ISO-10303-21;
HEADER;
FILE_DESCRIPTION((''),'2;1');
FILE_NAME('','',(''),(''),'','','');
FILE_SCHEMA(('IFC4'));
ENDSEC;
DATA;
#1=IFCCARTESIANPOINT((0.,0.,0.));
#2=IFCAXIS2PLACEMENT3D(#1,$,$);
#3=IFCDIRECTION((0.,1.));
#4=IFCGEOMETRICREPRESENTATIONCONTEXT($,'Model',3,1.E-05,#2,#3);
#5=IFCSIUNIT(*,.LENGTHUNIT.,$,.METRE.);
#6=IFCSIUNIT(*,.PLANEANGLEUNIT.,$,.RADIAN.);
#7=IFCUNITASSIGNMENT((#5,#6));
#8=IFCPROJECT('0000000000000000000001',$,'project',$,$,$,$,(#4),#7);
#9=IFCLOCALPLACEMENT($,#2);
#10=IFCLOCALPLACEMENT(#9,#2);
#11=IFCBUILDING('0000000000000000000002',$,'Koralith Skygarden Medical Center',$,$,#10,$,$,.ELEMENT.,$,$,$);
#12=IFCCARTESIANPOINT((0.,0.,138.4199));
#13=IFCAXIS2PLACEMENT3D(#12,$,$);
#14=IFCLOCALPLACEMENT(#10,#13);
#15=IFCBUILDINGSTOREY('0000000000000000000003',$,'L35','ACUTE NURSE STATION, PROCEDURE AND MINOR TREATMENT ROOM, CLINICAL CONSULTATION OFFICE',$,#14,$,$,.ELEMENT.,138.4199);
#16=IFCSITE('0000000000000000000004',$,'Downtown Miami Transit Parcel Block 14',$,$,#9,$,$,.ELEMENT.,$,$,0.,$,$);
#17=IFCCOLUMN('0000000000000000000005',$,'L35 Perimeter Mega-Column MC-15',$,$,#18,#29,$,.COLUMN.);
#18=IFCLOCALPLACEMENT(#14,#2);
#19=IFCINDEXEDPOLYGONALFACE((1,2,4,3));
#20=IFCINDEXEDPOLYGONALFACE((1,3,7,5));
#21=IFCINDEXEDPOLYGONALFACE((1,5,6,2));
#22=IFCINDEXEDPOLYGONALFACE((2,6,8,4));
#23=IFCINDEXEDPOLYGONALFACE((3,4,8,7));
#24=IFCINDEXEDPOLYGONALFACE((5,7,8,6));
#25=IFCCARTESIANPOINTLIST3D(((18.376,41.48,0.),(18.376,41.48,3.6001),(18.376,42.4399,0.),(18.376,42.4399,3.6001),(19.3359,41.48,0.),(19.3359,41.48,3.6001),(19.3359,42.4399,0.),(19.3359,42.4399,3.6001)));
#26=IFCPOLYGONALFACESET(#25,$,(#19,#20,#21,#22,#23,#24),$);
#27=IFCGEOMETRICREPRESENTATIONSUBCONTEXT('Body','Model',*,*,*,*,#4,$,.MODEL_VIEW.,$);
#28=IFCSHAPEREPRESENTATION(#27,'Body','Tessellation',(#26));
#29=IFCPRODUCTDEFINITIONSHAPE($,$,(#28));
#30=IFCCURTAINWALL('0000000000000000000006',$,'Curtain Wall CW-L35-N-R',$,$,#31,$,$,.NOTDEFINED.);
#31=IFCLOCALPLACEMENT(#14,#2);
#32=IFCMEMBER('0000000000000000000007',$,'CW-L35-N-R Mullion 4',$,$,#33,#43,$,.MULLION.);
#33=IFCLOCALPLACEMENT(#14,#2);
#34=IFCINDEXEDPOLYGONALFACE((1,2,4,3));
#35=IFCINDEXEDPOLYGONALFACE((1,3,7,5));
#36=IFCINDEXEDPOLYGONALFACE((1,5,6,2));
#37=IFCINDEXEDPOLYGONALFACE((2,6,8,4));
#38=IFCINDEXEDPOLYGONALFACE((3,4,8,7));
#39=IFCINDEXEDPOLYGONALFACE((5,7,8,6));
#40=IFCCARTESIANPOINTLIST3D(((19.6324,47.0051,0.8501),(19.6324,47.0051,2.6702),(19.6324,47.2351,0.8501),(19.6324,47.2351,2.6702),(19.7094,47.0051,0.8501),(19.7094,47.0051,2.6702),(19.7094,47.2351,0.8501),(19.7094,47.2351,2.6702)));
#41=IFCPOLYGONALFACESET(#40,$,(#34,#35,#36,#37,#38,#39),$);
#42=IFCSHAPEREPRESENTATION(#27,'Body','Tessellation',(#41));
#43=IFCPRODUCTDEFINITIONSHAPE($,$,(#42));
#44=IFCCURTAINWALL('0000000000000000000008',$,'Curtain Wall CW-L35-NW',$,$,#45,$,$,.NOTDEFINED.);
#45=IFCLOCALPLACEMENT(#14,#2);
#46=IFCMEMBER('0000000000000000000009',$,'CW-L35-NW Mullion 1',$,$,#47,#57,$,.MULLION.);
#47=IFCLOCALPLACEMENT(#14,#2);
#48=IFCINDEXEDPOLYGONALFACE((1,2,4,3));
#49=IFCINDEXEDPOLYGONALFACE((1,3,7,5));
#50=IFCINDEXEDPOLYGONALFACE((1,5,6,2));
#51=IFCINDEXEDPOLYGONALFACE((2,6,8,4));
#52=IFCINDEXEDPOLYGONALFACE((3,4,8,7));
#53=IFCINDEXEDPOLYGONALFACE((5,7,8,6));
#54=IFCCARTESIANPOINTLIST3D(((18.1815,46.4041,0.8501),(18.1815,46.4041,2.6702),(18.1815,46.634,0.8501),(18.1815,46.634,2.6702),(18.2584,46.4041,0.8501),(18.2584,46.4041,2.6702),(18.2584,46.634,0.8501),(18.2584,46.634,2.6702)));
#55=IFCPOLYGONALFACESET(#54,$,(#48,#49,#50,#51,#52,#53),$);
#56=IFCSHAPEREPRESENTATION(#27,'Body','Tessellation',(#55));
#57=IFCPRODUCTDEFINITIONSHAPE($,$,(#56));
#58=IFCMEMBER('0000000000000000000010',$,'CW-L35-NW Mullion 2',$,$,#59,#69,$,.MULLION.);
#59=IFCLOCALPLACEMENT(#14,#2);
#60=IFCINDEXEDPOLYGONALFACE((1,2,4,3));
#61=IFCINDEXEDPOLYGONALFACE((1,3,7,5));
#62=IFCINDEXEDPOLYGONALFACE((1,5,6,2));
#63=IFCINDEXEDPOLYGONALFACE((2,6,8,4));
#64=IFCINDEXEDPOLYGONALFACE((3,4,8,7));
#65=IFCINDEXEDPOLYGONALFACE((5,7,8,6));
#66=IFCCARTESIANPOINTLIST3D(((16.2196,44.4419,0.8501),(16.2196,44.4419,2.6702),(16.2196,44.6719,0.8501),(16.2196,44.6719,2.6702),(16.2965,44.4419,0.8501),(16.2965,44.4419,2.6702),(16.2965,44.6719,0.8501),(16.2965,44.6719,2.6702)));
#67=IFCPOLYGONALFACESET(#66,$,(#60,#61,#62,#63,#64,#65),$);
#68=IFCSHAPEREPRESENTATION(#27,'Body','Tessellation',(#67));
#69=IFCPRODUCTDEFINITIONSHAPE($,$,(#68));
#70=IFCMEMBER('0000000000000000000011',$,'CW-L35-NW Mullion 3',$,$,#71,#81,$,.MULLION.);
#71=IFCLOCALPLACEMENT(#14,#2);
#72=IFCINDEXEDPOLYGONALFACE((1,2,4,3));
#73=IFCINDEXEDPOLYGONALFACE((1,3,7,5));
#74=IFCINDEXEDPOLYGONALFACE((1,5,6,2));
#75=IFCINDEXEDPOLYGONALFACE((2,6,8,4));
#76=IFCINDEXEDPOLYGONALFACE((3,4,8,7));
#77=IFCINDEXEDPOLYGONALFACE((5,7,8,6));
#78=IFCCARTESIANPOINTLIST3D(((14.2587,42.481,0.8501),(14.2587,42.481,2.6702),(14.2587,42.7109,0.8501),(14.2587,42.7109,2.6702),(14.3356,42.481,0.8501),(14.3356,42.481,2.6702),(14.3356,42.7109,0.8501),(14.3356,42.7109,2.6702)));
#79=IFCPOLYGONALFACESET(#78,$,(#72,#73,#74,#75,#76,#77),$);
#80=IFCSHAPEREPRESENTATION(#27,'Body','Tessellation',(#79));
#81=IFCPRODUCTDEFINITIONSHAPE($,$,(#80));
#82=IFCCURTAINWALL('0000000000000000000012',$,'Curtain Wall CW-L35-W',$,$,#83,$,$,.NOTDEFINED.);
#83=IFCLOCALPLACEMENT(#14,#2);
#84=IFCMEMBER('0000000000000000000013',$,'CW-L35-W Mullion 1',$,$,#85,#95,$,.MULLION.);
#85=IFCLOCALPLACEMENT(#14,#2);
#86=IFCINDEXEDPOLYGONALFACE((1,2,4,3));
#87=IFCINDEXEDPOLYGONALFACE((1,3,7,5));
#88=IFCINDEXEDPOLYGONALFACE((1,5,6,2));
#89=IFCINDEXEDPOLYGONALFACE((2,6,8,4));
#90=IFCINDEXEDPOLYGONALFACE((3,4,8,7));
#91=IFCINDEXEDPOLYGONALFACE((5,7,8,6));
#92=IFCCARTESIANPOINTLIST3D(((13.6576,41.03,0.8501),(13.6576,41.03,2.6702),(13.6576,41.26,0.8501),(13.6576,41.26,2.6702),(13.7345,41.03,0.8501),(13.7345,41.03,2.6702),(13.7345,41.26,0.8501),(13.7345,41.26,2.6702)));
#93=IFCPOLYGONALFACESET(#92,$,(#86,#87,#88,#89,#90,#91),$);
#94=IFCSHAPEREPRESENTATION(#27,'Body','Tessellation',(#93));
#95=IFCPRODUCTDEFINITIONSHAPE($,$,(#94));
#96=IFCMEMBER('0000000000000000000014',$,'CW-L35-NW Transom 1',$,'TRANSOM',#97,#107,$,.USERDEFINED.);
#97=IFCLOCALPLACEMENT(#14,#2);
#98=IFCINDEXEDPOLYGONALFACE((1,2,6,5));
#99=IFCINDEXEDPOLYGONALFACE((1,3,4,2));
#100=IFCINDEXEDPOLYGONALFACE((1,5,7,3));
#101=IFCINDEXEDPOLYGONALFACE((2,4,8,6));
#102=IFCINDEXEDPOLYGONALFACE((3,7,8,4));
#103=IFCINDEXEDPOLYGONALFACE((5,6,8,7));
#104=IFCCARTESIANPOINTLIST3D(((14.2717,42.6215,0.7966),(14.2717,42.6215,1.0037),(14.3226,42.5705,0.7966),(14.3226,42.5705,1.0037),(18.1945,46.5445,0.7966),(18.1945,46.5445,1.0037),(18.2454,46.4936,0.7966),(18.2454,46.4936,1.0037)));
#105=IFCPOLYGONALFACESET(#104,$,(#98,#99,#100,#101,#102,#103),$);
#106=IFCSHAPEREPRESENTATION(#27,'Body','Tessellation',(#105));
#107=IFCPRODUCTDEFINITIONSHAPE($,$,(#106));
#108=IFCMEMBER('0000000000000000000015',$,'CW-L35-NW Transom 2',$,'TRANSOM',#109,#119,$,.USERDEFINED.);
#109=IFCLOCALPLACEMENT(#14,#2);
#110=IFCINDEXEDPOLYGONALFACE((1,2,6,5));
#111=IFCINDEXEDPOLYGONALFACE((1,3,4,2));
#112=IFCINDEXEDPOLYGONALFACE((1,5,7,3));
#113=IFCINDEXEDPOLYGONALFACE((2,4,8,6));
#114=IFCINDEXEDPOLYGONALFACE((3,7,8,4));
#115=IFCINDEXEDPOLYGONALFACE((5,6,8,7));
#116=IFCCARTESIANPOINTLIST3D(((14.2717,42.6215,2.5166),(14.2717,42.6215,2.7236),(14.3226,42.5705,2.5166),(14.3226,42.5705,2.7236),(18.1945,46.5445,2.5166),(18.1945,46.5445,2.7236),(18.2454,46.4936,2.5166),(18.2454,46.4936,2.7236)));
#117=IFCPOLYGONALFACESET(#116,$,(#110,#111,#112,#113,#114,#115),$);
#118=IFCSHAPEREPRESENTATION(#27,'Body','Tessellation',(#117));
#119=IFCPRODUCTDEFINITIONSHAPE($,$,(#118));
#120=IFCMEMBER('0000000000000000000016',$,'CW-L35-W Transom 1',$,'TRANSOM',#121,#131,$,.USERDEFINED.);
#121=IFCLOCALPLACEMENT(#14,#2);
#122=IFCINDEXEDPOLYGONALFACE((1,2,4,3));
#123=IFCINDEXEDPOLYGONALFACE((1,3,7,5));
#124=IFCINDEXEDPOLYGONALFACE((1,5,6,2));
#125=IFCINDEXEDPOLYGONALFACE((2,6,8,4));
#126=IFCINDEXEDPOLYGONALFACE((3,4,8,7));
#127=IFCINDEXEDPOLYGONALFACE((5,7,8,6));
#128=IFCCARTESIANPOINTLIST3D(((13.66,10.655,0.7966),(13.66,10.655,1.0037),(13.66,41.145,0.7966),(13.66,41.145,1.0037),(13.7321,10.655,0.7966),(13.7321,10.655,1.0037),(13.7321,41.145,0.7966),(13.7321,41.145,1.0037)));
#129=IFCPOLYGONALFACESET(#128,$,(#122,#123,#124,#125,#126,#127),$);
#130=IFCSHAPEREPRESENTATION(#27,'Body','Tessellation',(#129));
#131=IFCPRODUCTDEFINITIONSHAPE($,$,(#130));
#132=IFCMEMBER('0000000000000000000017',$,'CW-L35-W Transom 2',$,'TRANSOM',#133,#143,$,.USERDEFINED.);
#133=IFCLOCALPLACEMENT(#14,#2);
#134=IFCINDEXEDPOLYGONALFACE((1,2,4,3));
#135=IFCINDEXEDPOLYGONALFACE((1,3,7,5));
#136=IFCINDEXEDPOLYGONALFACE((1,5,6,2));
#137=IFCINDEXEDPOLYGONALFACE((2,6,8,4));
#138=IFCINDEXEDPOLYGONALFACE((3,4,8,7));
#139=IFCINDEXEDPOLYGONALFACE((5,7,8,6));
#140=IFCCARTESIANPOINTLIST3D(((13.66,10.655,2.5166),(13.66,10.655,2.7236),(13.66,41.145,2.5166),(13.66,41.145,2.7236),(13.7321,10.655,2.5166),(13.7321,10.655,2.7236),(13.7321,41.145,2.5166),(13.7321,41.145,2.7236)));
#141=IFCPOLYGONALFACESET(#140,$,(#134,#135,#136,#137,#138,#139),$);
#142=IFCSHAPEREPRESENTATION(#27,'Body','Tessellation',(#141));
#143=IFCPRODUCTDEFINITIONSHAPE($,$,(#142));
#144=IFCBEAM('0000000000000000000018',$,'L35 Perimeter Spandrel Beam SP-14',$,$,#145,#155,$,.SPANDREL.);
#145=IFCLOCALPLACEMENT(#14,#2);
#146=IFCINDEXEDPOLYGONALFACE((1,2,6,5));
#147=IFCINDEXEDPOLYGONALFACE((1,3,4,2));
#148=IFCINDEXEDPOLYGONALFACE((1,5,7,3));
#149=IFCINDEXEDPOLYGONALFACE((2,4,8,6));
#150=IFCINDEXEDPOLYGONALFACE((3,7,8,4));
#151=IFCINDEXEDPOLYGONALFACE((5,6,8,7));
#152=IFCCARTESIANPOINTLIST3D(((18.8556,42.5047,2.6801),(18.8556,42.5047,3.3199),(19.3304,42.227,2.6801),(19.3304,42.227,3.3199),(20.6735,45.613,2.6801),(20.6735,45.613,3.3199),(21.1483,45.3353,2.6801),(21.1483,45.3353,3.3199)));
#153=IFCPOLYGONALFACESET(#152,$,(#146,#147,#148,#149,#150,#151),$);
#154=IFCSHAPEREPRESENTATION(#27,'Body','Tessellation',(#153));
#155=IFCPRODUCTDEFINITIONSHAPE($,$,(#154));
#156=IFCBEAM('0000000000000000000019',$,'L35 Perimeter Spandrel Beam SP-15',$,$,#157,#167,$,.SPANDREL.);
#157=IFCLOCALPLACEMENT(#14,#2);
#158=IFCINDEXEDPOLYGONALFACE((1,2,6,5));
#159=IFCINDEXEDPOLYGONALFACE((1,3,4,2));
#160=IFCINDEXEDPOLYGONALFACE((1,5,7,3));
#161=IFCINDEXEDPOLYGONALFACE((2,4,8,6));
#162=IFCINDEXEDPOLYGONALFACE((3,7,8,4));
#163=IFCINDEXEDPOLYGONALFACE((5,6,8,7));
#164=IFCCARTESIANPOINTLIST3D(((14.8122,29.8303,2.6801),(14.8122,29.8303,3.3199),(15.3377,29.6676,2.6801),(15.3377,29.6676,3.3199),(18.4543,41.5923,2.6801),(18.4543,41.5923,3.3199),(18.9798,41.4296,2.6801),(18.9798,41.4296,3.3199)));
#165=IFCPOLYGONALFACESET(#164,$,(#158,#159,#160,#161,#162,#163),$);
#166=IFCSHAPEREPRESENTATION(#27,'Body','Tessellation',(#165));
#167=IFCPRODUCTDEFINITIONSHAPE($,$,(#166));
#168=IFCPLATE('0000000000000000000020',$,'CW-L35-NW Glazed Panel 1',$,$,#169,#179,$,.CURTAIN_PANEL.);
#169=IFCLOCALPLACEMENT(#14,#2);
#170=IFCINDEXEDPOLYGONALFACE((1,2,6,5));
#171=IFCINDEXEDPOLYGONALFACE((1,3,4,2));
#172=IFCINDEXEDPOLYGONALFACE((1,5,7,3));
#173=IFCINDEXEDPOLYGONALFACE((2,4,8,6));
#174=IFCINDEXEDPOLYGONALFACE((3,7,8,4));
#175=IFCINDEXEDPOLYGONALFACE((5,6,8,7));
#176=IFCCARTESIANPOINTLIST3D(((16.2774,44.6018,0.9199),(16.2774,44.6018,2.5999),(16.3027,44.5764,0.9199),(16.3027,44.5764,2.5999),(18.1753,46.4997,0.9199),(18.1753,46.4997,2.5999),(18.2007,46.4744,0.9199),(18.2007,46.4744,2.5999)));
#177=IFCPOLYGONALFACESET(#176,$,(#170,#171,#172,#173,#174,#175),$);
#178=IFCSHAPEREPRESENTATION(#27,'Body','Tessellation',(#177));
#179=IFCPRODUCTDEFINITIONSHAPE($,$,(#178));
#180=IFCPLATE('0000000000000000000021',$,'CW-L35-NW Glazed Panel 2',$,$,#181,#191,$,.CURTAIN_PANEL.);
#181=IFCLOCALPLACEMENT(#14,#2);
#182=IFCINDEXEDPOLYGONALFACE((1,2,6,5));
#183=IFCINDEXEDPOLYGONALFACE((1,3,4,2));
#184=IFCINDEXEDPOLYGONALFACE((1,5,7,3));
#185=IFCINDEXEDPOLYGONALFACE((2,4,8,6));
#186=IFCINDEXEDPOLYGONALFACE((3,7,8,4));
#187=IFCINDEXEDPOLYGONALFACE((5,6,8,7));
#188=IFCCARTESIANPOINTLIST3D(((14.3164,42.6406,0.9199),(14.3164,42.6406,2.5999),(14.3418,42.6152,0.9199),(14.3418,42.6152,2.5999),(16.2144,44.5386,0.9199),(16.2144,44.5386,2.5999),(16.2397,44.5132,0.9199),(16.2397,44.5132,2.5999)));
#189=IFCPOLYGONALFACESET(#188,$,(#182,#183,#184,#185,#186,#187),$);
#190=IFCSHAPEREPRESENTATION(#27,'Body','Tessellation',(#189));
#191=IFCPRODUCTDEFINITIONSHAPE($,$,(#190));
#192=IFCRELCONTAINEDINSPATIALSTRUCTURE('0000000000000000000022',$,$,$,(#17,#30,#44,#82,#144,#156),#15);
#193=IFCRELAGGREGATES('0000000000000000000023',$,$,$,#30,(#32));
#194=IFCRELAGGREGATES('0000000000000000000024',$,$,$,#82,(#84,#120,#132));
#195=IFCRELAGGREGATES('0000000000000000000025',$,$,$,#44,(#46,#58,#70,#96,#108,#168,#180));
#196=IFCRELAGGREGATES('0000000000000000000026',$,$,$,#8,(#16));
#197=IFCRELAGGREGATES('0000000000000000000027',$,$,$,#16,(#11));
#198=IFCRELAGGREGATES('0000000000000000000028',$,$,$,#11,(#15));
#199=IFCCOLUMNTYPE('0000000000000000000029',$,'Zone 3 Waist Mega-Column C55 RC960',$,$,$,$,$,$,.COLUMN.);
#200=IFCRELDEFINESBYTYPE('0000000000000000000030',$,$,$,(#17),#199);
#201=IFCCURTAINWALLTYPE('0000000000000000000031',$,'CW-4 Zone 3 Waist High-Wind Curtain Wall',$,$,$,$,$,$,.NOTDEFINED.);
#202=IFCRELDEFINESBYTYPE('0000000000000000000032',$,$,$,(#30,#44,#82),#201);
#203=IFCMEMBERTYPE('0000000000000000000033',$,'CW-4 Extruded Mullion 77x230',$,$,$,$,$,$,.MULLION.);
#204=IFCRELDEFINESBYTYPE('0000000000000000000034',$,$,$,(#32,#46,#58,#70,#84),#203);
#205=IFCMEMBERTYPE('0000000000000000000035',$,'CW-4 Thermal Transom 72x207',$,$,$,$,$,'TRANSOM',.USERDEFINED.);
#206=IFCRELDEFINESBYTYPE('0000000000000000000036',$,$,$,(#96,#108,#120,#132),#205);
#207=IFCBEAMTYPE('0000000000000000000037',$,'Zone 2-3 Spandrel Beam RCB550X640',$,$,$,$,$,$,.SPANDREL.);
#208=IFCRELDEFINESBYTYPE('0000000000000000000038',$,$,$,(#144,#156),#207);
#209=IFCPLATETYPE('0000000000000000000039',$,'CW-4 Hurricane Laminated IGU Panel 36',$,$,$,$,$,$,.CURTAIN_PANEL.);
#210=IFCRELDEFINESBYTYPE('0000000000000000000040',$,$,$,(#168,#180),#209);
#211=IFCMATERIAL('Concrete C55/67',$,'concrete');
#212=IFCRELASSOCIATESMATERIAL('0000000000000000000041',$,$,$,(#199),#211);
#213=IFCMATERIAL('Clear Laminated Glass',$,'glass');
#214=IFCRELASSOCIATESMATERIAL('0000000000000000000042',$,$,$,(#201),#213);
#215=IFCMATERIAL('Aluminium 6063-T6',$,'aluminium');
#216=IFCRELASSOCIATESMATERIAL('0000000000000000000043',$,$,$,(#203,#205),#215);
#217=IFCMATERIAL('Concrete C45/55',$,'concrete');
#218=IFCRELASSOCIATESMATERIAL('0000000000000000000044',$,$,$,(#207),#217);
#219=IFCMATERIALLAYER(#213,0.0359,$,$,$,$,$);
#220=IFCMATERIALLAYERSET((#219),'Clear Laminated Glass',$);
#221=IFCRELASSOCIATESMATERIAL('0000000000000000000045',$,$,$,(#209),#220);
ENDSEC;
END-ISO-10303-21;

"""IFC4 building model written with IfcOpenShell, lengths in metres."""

from ifc_helpers import new_model, si_unit, direction, frame, origin, origin_2d, place, context, subcontext, project, spatial, rectangle, extrude, material, layer, layer_set, material_profile, profile_set, type_object, element, aggregate, save


model = new_model("IFC4")

# Units and contexts
model_context = context("Model", 3, precision=1e-05, world=origin(), true_north=direction((0.0, 1.0)))
body_context = subcontext(model_context, "Body", "Model", "MODEL_VIEW")
ifc_project = project(units=[si_unit("LENGTHUNIT", "METRE"), si_unit("PLANEANGLEUNIT", "RADIAN")], contexts=[model_context])

# Site, building, storey
site_placement = place(None, origin())
site = spatial("IfcSite", under=ifc_project, at=site_placement, Name="Downtown Miami Transit Parcel Block 14", CompositionType="ELEMENT", RefElevation=0.0)
building_placement = place(site_placement, origin())
building = spatial("IfcBuilding", under=site, at=building_placement, Name="Koralith Skygarden Medical Center", CompositionType="ELEMENT")
storey_placement = place(building_placement, frame((0.0, 0.0, 138.4199)))
storey = spatial("IfcBuildingStorey", under=building, at=storey_placement, Name="L35", Description="ACUTE NURSE STATION, PROCEDURE AND MINOR TREATMENT ROOM, CLINICAL CONSULTATION OFFICE", CompositionType="ELEMENT", Elevation=138.4199)

# Column
ifc_material_1 = material(Name="Concrete C55/67", Category="concrete")
ifc_material_profile_1 = material_profile(ifc_material_1, rectangle(XDim=0.96, YDim=0.96, at=origin_2d()), Name="RC960X960")
ifc_profile_set_1 = profile_set([ifc_material_profile_1], Name="Concrete C55/67")
column_type = type_object("IfcColumnType", Name="Zone 3 Waist Mega-Column C55 RC960", PredefinedType="COLUMN", material=ifc_profile_set_1)
column_placement = place(storey_placement, frame((18.856, 41.96, 0.0), z_axis=(0.0, 0.0, 1.0), x_axis=(1.0, 0.0, 0.0)))
element("IfcColumn", 1, at=column_placement, inside=storey, type_object=column_type, Name="L35 Perimeter Mega-Column MC-15", PredefinedType="COLUMN", context=body_context, shape_type="SweptSolid", body=[
    extrude(rectangle(XDim=0.96, YDim=0.96, at=origin_2d()), origin(), (0.0, 0.0, 1.0), 3.6001),
])

# Curtain wall, member
ifc_material_2 = material(Name="Clear Laminated Glass", Category="glass")
curtain_wall_type = type_object("IfcCurtainWallType", Name="CW-4 Zone 3 Waist High-Wind Curtain Wall", PredefinedType="NOTDEFINED", material=ifc_material_2)
curtain_wall_1_placement = place(storey_placement, origin())
curtain_wall_1 = element("IfcCurtainWall", 2, at=curtain_wall_1_placement, inside=storey, type_object=curtain_wall_type, Name="Curtain Wall CW-L35-N-R", PredefinedType="NOTDEFINED")
ifc_material_3 = material(Name="Aluminium 6063-T6", Category="aluminium")
ifc_material_profile_2 = material_profile(ifc_material_3, rectangle(XDim=0.0769, YDim=0.23, at=origin_2d()), Name="MUL77X230")
ifc_profile_set_2 = profile_set([ifc_material_profile_2], Name="Aluminium 6063-T6")
member_type_1 = type_object("IfcMemberType", Name="CW-4 Extruded Mullion 77x230", PredefinedType="MULLION", material=ifc_profile_set_2)
member_1_placement = place(storey_placement, frame((19.6709, 47.1201, 0.8501), z_axis=(0.0, 0.0, 1.0), x_axis=(1.0, 0.0, 0.0)))
member_1 = element("IfcMember", 3, at=member_1_placement, type_object=member_type_1, Name="CW-L35-N-R Mullion 4", PredefinedType="MULLION", context=body_context, shape_type="SweptSolid", body=[
    extrude(rectangle(XDim=0.0769, YDim=0.23, at=origin_2d()), origin(), (0.0, 0.0, 1.0), 1.8201),
])
aggregate(curtain_wall_1, [member_1])

# Curtain wall, members
curtain_wall_2_placement = place(storey_placement, origin())
curtain_wall_2 = element("IfcCurtainWall", 4, at=curtain_wall_2_placement, inside=storey, type_object=curtain_wall_type, Name="Curtain Wall CW-L35-NW", PredefinedType="NOTDEFINED")
member_2_placement = place(storey_placement, frame((18.22, 46.519, 0.8501), z_axis=(0.0, 0.0, 1.0), x_axis=(1.0, 0.0, 0.0)))
member_2 = element("IfcMember", 5, at=member_2_placement, type_object=member_type_1, Name="CW-L35-NW Mullion 1", PredefinedType="MULLION", context=body_context, shape_type="SweptSolid", body=[
    extrude(rectangle(XDim=0.0769, YDim=0.23, at=origin_2d()), origin(), (0.0, 0.0, 1.0), 1.8201),
])
member_3_placement = place(storey_placement, frame((16.2581, 44.5569, 0.8501), z_axis=(0.0, 0.0, 1.0), x_axis=(1.0, 0.0, 0.0)))
member_3 = element("IfcMember", 6, at=member_3_placement, type_object=member_type_1, Name="CW-L35-NW Mullion 2", PredefinedType="MULLION", context=body_context, shape_type="SweptSolid", body=[
    extrude(rectangle(XDim=0.0769, YDim=0.23, at=origin_2d()), origin(), (0.0, 0.0, 1.0), 1.8201),
])
member_4_placement = place(storey_placement, frame((14.2971, 42.5959, 0.8501), z_axis=(0.0, 0.0, 1.0), x_axis=(1.0, 0.0, 0.0)))
member_4 = element("IfcMember", 7, at=member_4_placement, type_object=member_type_1, Name="CW-L35-NW Mullion 3", PredefinedType="MULLION", context=body_context, shape_type="SweptSolid", body=[
    extrude(rectangle(XDim=0.0769, YDim=0.23, at=origin_2d()), origin(), (0.0, 0.0, 1.0), 1.8201),
])

# Curtain wall, member
curtain_wall_3_placement = place(storey_placement, origin())
curtain_wall_3 = element("IfcCurtainWall", 8, at=curtain_wall_3_placement, inside=storey, type_object=curtain_wall_type, Name="Curtain Wall CW-L35-W", PredefinedType="NOTDEFINED")
member_5_placement = place(storey_placement, frame((13.696, 41.145, 0.8501), z_axis=(0.0, 0.0, 1.0), x_axis=(1.0, 0.0, 0.0)))
member_5 = element("IfcMember", 9, at=member_5_placement, type_object=member_type_1, Name="CW-L35-W Mullion 1", PredefinedType="MULLION", context=body_context, shape_type="SweptSolid", body=[
    extrude(rectangle(XDim=0.0769, YDim=0.23, at=origin_2d()), origin(), (0.0, 0.0, 1.0), 1.8201),
])

# Members
ifc_material_profile_3 = material_profile(ifc_material_3, rectangle(XDim=0.072, YDim=0.207, at=origin_2d()), Name="TRN72X207")
ifc_profile_set_3 = profile_set([ifc_material_profile_3], Name="Aluminium 6063-T6")
member_type_2 = type_object("IfcMemberType", Name="CW-4 Thermal Transom 72x207", ElementType="TRANSOM", PredefinedType="USERDEFINED", material=ifc_profile_set_3)
member_6_placement = place(storey_placement, frame((18.22, 46.519, 0.9001), z_axis=(-0.707085, -0.707129, 0.0), x_axis=(0.707129, -0.707085, 0.0)))
member_6 = element("IfcMember", 10, at=member_6_placement, type_object=member_type_2, Name="CW-L35-NW Transom 1", ObjectType="TRANSOM", PredefinedType="USERDEFINED", context=body_context, shape_type="SweptSolid", body=[
    extrude(rectangle(XDim=0.072, YDim=0.207, at=origin_2d()), origin(), (0.0, 0.0, 1.0), 5.5479),
])
member_7_placement = place(storey_placement, frame((18.22, 46.519, 2.6201), z_axis=(-0.707085, -0.707129, 0.0), x_axis=(0.707129, -0.707085, 0.0)))
member_7 = element("IfcMember", 11, at=member_7_placement, type_object=member_type_2, Name="CW-L35-NW Transom 2", ObjectType="TRANSOM", PredefinedType="USERDEFINED", context=body_context, shape_type="SweptSolid", body=[
    extrude(rectangle(XDim=0.072, YDim=0.207, at=origin_2d()), origin(), (0.0, 0.0, 1.0), 5.5479),
])
member_8_placement = place(storey_placement, frame((13.696, 41.145, 0.9001), z_axis=(0.0, -1.0, 0.0), x_axis=(1.0, 0.0, 0.0)))
member_8 = element("IfcMember", 12, at=member_8_placement, type_object=member_type_2, Name="CW-L35-W Transom 1", ObjectType="TRANSOM", PredefinedType="USERDEFINED", context=body_context, shape_type="SweptSolid", body=[
    extrude(rectangle(XDim=0.072, YDim=0.207, at=origin_2d()), origin(), (0.0, 0.0, 1.0), 30.49),
])
member_9_placement = place(storey_placement, frame((13.696, 41.145, 2.6201), z_axis=(0.0, -1.0, 0.0), x_axis=(1.0, 0.0, 0.0)))
member_9 = element("IfcMember", 13, at=member_9_placement, type_object=member_type_2, Name="CW-L35-W Transom 2", ObjectType="TRANSOM", PredefinedType="USERDEFINED", context=body_context, shape_type="SweptSolid", body=[
    extrude(rectangle(XDim=0.072, YDim=0.207, at=origin_2d()), origin(), (0.0, 0.0, 1.0), 30.49),
])
aggregate(curtain_wall_3, [member_5, member_8, member_9])

# Beams
ifc_material_4 = material(Name="Concrete C45/55", Category="concrete")
ifc_material_profile_4 = material_profile(ifc_material_4, rectangle(XDim=0.55, YDim=0.6399, at=origin_2d()), Name="RCB550X640")
ifc_profile_set_4 = profile_set([ifc_material_profile_4], Name="Concrete C45/55")
beam_type = type_object("IfcBeamType", Name="Zone 2-3 Spandrel Beam RCB550X640", PredefinedType="SPANDREL", material=ifc_profile_set_4)
beam_1_placement = place(storey_placement, frame((20.9109, 45.4741, 3.0), z_axis=(-0.504861, -0.8632, 0.0), x_axis=(0.8632, -0.504861, 0.0)))
element("IfcBeam", 14, at=beam_1_placement, inside=storey, type_object=beam_type, Name="L35 Perimeter Spandrel Beam SP-14", PredefinedType="SPANDREL", context=body_context, shape_type="SweptSolid", body=[
    extrude(rectangle(XDim=0.55, YDim=0.6399, at=origin_2d()), origin(), (0.0, 0.0, 1.0), 3.6008),
])
beam_2_placement = place(storey_placement, frame((18.717, 41.511, 3.0), z_axis=(-0.295794, -0.955252, 0.0), x_axis=(0.955252, -0.295794, 0.0)))
element("IfcBeam", 15, at=beam_2_placement, inside=storey, type_object=beam_type, Name="L35 Perimeter Spandrel Beam SP-15", PredefinedType="SPANDREL", context=body_context, shape_type="SweptSolid", body=[
    extrude(rectangle(XDim=0.55, YDim=0.6399, at=origin_2d()), origin(), (0.0, 0.0, 1.0), 12.313),
])

# Plates
ifc_layer_1 = layer(ifc_material_2, 0.0359)
ifc_layer_set_1 = layer_set([ifc_layer_1], Name="Clear Laminated Glass")
plate_type_1 = type_object("IfcPlateType", Name="CW-4 Hurricane Laminated IGU Panel 36", PredefinedType="CURTAIN_PANEL", material=ifc_layer_set_1)
plate_1_placement = place(storey_placement, frame((17.239, 45.5381, 0.9199), z_axis=(0.0, 0.0, 1.0), x_axis=(-0.707107, -0.707107, 0.0)))
plate_1 = element("IfcPlate", 16, at=plate_1_placement, type_object=plate_type_1, Name="CW-L35-NW Glazed Panel 1", PredefinedType="CURTAIN_PANEL", context=body_context, shape_type="SweptSolid", body=[
    extrude(rectangle(XDim=2.6841, YDim=0.0359, at=origin_2d()), origin(), (0.0, 0.0, 1.0), 1.6799),
])
plate_2_placement = place(storey_placement, frame((15.2781, 43.5769, 0.9199), z_axis=(0.0, 0.0, 1.0), x_axis=(-0.707107, -0.707107, 0.0)))
plate_2 = element("IfcPlate", 17, at=plate_2_placement, type_object=plate_type_1, Name="CW-L35-NW Glazed Panel 2", PredefinedType="CURTAIN_PANEL", context=body_context, shape_type="SweptSolid", body=[
    extrude(rectangle(XDim=2.6841, YDim=0.0359, at=origin_2d()), origin(), (0.0, 0.0, 1.0), 1.6799),
])
aggregate(curtain_wall_2, [member_2, member_3, member_4, member_6, member_7, plate_1, plate_2])

save(model, "model.ifc")
